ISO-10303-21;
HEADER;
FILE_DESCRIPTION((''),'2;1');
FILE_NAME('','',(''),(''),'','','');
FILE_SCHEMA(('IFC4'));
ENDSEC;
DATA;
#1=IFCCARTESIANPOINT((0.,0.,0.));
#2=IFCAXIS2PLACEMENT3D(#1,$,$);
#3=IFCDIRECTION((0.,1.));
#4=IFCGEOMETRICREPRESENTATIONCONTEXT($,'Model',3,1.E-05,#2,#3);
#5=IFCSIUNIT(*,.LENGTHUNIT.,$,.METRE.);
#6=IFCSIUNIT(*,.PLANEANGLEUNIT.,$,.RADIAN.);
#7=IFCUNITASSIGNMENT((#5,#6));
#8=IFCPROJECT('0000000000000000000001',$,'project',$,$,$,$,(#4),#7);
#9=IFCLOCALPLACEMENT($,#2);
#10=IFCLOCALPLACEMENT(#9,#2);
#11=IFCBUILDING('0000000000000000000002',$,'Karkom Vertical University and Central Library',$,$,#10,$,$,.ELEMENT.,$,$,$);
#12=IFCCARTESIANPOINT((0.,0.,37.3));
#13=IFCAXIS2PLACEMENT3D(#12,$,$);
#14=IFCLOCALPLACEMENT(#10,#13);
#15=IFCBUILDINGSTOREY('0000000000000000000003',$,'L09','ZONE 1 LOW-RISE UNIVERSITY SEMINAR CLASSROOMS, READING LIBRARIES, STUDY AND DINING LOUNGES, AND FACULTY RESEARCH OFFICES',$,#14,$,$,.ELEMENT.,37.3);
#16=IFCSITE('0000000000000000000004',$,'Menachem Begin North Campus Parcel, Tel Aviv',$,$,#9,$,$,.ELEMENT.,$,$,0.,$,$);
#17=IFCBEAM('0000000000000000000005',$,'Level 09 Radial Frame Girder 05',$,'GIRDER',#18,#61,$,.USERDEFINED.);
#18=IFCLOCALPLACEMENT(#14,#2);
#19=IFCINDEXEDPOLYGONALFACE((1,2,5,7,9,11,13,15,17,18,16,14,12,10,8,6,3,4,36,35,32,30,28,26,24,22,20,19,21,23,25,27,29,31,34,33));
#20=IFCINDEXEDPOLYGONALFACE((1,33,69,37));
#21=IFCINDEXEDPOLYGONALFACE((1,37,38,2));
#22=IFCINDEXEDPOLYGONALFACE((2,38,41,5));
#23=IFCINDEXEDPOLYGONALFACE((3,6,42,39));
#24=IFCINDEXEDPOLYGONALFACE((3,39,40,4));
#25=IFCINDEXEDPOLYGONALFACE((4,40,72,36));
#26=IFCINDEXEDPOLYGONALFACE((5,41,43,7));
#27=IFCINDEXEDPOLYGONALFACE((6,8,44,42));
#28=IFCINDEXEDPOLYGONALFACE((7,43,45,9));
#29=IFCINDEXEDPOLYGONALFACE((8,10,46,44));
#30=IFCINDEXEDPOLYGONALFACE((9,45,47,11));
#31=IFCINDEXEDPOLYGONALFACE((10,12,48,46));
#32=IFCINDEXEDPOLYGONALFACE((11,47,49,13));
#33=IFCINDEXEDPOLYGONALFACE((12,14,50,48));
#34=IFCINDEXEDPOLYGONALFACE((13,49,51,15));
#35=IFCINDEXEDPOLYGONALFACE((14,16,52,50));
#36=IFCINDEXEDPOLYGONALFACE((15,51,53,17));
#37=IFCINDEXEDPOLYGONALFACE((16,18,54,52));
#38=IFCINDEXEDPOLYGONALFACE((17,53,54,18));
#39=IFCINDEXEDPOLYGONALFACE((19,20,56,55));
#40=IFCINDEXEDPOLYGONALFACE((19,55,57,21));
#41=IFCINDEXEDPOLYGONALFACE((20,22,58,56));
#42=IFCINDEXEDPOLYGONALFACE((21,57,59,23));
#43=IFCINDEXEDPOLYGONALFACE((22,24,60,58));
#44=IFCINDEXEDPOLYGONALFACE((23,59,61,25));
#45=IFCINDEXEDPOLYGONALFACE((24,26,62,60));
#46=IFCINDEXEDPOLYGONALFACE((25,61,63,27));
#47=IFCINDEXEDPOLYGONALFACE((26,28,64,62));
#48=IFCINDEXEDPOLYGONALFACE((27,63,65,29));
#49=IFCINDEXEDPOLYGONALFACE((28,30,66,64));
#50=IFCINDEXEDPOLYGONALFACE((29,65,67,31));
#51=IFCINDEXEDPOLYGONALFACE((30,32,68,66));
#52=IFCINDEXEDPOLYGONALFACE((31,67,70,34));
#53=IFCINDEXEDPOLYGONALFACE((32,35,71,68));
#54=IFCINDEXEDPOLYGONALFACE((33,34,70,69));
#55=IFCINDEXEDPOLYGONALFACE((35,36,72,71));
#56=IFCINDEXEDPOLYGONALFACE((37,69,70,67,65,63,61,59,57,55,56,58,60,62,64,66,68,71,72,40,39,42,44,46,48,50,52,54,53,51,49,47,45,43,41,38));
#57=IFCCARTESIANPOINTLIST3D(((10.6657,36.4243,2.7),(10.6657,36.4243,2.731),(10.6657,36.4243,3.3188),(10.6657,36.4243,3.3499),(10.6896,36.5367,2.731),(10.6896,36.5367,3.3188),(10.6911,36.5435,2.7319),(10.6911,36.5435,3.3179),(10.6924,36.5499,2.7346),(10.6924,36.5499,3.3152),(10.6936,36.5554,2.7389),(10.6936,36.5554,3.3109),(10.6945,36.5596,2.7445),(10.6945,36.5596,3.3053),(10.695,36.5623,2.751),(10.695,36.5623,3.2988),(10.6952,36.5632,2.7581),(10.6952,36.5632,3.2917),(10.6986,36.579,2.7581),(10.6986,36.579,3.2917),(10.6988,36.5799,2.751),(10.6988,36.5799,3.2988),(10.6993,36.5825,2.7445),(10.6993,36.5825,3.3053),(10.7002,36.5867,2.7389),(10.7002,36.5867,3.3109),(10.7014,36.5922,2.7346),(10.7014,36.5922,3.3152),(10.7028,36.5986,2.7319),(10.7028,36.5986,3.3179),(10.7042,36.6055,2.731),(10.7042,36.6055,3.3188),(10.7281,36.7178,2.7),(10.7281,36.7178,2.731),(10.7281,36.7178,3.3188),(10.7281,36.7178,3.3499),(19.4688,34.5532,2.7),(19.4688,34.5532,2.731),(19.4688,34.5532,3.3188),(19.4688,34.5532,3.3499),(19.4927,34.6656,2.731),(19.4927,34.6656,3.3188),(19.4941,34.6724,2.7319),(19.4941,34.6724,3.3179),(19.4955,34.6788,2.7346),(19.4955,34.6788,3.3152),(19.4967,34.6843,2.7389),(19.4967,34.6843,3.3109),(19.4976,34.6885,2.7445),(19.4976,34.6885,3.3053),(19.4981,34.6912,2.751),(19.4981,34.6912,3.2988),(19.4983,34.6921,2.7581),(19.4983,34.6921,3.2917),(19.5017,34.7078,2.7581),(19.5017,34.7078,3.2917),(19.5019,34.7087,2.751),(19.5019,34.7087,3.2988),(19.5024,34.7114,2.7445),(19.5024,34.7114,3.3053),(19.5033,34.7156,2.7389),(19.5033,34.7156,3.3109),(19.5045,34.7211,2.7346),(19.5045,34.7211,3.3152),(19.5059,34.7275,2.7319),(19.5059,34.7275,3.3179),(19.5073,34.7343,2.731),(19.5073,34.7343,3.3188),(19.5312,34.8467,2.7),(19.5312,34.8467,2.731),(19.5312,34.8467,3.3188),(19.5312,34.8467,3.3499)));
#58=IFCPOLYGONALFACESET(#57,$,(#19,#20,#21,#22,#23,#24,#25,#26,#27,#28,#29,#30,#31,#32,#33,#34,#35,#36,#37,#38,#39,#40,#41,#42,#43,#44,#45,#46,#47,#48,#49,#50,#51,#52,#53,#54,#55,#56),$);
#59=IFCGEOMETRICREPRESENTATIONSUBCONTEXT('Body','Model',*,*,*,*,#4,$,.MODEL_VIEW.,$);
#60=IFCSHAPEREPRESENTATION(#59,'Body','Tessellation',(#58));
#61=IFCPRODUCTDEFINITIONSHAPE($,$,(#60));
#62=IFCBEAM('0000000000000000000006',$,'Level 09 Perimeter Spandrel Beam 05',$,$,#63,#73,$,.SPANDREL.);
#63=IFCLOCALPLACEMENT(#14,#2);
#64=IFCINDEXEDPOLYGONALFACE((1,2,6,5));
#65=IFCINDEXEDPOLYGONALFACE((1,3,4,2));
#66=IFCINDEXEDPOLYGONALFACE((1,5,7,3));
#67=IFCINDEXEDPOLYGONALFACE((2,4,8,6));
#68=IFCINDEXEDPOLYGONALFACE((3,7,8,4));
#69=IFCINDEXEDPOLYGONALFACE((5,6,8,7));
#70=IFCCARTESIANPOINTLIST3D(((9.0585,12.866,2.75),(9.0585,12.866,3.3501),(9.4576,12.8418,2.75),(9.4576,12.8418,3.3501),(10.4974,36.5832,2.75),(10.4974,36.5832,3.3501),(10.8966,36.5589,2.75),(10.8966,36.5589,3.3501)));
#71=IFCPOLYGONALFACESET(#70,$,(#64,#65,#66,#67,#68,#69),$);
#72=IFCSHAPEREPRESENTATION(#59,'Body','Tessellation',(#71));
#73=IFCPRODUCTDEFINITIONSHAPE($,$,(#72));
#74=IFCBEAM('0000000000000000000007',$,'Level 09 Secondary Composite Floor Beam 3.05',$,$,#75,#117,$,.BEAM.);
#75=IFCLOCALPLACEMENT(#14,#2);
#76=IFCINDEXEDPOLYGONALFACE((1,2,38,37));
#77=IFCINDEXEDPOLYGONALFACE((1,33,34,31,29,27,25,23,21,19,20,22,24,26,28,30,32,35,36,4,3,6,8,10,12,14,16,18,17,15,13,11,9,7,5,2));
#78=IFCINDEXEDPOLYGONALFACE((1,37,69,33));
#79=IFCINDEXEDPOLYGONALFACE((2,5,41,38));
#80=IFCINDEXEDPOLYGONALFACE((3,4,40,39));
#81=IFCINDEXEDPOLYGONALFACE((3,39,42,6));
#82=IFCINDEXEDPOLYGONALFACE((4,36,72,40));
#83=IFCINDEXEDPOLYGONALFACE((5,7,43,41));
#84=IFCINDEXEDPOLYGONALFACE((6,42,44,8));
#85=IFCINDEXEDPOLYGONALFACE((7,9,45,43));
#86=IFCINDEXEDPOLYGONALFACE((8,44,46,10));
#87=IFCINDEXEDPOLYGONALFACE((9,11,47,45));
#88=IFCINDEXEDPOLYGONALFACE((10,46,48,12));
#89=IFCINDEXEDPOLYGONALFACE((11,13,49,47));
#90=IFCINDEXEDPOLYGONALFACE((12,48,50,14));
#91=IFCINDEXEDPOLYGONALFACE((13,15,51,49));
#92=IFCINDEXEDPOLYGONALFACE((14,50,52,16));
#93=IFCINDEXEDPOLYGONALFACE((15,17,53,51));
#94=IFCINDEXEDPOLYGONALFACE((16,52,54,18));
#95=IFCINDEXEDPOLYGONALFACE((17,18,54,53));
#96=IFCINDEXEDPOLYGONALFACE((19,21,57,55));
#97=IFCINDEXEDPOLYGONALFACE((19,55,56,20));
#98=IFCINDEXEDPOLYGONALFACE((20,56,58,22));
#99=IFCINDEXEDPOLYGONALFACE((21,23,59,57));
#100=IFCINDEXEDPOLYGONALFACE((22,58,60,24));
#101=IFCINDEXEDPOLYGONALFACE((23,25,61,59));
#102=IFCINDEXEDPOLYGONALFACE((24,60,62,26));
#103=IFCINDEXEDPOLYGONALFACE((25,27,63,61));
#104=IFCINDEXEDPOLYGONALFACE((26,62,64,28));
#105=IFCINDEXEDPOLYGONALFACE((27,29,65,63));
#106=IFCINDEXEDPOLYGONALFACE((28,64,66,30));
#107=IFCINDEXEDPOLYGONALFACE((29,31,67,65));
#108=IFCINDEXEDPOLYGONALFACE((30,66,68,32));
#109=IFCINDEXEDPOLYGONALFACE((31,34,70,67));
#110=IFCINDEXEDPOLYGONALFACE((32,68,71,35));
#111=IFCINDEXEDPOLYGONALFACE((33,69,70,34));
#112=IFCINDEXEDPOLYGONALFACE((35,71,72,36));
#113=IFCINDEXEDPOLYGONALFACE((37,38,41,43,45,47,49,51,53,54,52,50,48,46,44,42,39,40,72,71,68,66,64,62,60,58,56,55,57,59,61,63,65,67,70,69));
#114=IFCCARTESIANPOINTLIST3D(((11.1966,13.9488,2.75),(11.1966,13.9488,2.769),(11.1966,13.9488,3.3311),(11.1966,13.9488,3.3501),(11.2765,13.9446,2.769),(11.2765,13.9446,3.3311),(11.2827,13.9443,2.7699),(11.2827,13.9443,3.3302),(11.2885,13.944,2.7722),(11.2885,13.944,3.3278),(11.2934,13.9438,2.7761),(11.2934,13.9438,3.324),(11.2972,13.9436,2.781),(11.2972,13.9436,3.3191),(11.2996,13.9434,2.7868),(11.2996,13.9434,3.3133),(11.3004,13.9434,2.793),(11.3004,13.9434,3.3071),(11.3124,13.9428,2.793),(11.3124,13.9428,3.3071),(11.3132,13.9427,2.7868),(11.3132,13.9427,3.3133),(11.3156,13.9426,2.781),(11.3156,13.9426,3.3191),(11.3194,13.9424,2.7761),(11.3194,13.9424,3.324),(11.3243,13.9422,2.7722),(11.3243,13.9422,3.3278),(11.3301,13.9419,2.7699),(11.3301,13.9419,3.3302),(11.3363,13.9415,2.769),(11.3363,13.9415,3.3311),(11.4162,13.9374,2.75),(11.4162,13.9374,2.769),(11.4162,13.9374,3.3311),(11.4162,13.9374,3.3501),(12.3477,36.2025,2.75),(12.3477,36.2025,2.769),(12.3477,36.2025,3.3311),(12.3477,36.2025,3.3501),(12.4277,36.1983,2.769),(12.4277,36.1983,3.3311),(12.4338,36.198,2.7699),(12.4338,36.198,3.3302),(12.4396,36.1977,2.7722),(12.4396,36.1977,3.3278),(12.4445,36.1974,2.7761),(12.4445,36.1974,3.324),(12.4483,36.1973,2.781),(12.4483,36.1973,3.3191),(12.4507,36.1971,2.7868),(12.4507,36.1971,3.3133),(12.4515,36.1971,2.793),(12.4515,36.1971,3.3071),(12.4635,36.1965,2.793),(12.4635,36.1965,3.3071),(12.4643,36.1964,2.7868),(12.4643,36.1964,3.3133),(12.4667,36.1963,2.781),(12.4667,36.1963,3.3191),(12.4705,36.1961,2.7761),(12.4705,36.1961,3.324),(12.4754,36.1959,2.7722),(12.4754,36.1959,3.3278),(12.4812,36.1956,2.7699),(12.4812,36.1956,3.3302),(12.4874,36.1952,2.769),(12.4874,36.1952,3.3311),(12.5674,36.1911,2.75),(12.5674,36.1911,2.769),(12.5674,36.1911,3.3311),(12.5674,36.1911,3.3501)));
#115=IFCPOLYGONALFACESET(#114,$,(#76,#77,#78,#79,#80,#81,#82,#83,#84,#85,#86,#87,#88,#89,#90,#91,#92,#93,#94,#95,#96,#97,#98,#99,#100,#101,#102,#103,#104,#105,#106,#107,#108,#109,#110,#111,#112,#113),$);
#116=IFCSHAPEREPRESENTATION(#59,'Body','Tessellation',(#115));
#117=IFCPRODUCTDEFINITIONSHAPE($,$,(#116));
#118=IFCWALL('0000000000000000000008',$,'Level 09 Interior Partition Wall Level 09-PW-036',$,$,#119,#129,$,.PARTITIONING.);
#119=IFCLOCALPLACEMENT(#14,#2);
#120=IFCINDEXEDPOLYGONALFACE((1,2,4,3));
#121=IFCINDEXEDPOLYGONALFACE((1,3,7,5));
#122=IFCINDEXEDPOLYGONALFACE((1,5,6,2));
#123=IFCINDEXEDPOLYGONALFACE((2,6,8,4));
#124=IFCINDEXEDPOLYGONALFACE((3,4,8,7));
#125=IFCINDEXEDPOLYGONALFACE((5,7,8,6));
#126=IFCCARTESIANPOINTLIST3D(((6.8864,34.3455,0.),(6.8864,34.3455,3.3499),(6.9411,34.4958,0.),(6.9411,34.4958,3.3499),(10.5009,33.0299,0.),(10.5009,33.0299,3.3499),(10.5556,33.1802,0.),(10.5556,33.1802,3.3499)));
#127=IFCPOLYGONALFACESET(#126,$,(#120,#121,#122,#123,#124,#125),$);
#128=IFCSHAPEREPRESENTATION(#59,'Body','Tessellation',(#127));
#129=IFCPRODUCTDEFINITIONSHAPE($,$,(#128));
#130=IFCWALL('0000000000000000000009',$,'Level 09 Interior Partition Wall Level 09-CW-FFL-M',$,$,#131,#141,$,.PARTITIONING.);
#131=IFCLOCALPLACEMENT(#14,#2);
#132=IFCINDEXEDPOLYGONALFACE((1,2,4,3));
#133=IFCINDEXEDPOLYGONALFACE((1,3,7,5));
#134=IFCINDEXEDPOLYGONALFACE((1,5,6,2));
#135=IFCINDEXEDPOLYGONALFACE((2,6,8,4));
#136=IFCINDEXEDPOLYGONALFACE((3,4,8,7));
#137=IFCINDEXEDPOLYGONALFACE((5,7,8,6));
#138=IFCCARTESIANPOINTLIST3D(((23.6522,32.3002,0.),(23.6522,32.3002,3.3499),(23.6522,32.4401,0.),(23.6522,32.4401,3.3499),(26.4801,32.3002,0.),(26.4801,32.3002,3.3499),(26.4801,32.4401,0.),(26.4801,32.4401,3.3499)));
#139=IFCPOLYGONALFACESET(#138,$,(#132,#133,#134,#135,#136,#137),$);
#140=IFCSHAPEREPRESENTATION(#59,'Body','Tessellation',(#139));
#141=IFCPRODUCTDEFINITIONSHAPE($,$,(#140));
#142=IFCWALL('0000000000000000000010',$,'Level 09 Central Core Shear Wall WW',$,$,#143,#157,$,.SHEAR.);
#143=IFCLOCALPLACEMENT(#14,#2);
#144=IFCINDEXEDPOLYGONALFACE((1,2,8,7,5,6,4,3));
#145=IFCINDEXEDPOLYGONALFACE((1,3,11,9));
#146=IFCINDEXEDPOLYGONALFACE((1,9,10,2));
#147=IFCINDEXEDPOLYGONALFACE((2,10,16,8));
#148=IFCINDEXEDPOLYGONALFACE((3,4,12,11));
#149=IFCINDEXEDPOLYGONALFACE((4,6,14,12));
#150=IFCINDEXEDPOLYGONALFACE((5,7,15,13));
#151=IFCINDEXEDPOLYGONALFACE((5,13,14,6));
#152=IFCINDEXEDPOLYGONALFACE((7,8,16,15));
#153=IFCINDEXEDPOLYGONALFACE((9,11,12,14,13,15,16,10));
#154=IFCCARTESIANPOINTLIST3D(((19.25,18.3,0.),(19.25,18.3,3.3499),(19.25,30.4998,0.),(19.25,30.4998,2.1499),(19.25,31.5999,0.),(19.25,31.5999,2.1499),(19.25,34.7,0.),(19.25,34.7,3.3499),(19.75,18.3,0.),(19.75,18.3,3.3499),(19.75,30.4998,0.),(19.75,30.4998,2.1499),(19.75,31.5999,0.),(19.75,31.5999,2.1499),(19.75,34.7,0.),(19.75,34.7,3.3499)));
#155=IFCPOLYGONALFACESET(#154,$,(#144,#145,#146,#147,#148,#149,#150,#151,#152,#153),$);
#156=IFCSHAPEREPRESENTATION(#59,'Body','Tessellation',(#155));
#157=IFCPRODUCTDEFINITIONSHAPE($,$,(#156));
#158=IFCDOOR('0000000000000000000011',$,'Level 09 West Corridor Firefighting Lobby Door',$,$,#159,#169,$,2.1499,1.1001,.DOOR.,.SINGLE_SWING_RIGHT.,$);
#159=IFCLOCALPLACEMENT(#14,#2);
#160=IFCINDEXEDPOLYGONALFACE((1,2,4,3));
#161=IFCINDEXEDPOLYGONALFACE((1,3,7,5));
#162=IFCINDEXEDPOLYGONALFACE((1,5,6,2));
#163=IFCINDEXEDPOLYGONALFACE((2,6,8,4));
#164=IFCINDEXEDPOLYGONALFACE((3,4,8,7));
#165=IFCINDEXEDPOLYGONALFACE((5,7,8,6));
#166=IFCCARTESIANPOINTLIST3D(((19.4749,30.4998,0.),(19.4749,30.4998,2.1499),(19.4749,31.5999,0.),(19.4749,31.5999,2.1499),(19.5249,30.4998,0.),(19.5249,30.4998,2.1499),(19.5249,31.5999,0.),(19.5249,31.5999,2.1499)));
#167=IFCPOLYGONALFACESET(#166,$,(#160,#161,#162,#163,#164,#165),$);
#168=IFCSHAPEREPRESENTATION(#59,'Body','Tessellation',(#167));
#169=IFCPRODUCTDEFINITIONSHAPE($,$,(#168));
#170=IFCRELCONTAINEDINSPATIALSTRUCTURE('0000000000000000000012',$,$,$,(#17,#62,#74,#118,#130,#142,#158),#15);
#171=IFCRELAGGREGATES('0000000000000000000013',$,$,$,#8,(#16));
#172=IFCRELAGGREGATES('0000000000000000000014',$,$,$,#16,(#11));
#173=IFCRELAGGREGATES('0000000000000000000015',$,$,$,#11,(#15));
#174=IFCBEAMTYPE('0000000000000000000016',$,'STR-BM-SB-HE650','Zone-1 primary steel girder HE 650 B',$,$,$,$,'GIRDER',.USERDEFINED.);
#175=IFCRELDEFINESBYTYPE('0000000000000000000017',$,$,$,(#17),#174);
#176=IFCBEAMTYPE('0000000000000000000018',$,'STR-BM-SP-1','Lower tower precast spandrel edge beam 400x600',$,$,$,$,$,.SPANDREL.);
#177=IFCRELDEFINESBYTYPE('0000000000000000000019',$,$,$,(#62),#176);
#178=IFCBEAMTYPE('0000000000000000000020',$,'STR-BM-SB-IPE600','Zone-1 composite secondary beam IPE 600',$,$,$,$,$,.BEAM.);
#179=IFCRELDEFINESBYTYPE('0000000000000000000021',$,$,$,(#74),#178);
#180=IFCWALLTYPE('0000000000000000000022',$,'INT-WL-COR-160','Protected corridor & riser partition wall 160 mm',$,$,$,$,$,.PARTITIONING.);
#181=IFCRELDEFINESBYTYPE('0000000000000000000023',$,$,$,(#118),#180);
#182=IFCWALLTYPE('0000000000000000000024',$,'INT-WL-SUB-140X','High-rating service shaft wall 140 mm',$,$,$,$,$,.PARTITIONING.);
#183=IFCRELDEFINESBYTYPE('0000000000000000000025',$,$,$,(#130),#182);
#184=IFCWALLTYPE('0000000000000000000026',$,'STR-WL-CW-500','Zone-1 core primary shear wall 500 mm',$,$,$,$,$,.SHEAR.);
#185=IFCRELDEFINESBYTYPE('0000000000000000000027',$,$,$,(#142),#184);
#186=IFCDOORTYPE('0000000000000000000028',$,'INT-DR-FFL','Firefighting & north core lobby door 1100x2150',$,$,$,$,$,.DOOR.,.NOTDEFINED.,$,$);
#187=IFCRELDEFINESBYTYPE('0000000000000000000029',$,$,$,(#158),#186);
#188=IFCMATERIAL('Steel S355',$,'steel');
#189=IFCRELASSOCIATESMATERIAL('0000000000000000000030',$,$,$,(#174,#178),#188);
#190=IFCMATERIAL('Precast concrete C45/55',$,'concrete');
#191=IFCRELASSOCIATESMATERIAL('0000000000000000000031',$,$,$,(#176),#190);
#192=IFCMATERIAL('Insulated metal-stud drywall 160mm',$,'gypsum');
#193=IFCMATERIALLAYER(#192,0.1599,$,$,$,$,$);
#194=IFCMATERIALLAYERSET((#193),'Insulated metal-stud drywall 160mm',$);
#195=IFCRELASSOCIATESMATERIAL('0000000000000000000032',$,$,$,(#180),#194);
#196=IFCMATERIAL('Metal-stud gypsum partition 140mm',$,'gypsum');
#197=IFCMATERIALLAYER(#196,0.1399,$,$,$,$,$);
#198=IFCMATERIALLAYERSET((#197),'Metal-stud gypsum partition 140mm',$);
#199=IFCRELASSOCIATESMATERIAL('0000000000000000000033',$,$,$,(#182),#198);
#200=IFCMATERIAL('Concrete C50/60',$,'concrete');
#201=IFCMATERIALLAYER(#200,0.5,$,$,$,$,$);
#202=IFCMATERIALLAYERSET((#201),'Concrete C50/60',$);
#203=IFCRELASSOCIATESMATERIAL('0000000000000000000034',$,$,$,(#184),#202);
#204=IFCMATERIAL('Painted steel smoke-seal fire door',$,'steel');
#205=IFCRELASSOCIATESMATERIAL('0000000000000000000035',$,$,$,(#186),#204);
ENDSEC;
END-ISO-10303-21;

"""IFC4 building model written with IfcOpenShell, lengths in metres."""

from ifc_helpers import new_model, si_unit, direction, frame, frame_2d, origin, origin_with_axes, origin_2d, place, context, subcontext, project, spatial, rectangle, i_section, extrude, source, transform, mapped, material, layer, layer_set, material_profile, profile_set, type_object, element, fill, save


model = new_model("IFC4")

# Units and contexts
model_context = context("Model", 3, precision=1e-05, world=origin(), true_north=direction((0.0, 1.0)))
body_context = subcontext(model_context, "Body", "Model", "MODEL_VIEW")
ifc_project = project(units=[si_unit("LENGTHUNIT", "METRE"), si_unit("PLANEANGLEUNIT", "RADIAN")], contexts=[model_context])

# Site, building, storey
site_placement = place(None, origin())
site = spatial("IfcSite", under=ifc_project, at=site_placement, Name="Menachem Begin North Campus Parcel, Tel Aviv", CompositionType="ELEMENT", RefElevation=0.0)
building_placement = place(site_placement, origin())
building = spatial("IfcBuilding", under=site, at=building_placement, Name="Karkom Vertical University and Central Library", CompositionType="ELEMENT")
storey_placement = place(building_placement, frame((0.0, 0.0, 37.3)))
storey = spatial("IfcBuildingStorey", under=building, at=storey_placement, Name="L09", Description="ZONE 1 LOW-RISE UNIVERSITY SEMINAR CLASSROOMS, READING LIBRARIES, STUDY AND DINING LOUNGES, AND FACULTY RESEARCH OFFICES", CompositionType="ELEMENT", Elevation=37.3)

# Shared definitions
ifc_material_1 = material(Name="Concrete C50/60", Category="concrete")

# Beams
ifc_material_2 = material(Name="Steel S355", Category="steel")
ifc_material_profile_1 = material_profile(ifc_material_2, i_section(OverallWidth=0.3, OverallDepth=0.6499, WebThickness=0.0161, FlangeThickness=0.031, FilletRadius=0.0271, at=origin_2d()), Name="HE 650 B")
ifc_profile_set_1 = profile_set([ifc_material_profile_1], Name="Steel S355")
beam_type_1 = type_object("IfcBeamType", Name="STR-BM-SB-HE650", Description="Zone-1 primary steel girder HE 650 B", ElementType="GIRDER", PredefinedType="USERDEFINED", material=ifc_profile_set_1)
shared_shape_1 = source(origin_with_axes(), body_context, "Body", "SweptSolid", [
    extrude(i_section(OverallWidth=0.3, OverallDepth=0.6499, WebThickness=0.0161, FlangeThickness=0.031, FilletRadius=0.0271, at=origin_2d()), origin(), (0.0, 0.0, 1.0), 8.9998),
])
beam_1_placement = place(storey_placement, frame((19.5, 34.7, 3.0249), z_axis=(-0.978148, 0.207908, 0.0), x_axis=(-0.207908, -0.978148, 0.0)))
element("IfcBeam", 1, at=beam_1_placement, inside=storey, type_object=beam_type_1, Name="Level 09 Radial Frame Girder 05", ObjectType="GIRDER", PredefinedType="USERDEFINED", context=body_context, shape_type="MappedRepresentation", body=[
    mapped(shared_shape_1, transform((0.0, 0.0, 0.0), scale=1.0)),
])
ifc_material_3 = material(Name="Precast concrete C45/55", Category="concrete")
ifc_material_profile_2 = material_profile(ifc_material_3, rectangle(XDim=0.3999, YDim=0.6001, at=origin_2d()), Name="SPB-400x600")
ifc_profile_set_2 = profile_set([ifc_material_profile_2], Name="Precast concrete C45/55")
beam_type_2 = type_object("IfcBeamType", Name="STR-BM-SP-1", Description="Lower tower precast spandrel edge beam 400x600", PredefinedType="SPANDREL", material=ifc_profile_set_2)
shared_shape_2 = source(origin_with_axes(), body_context, "Body", "SweptSolid", [
    extrude(rectangle(XDim=0.3999, YDim=0.6001, at=origin_2d()), origin(), (0.0, 0.0, 1.0), 23.7607),
])
beam_2_placement = place(storey_placement, frame((10.697, 36.571, 3.05), z_axis=(-0.060561, -0.998165, 0.0), x_axis=(0.998165, -0.060561, 0.0)))
element("IfcBeam", 2, at=beam_2_placement, inside=storey, type_object=beam_type_2, Name="Level 09 Perimeter Spandrel Beam 05", PredefinedType="SPANDREL", context=body_context, shape_type="MappedRepresentation", body=[
    mapped(shared_shape_2, transform((0.0, 0.0, 0.0), scale=1.0)),
])
ifc_material_profile_3 = material_profile(ifc_material_2, i_section(OverallWidth=0.22, OverallDepth=0.6001, WebThickness=0.012, FlangeThickness=0.019, FilletRadius=0.0239, at=origin_2d()), Name="IPE 600")
ifc_profile_set_3 = profile_set([ifc_material_profile_3], Name="Steel S355")
beam_type_3 = type_object("IfcBeamType", Name="STR-BM-SB-IPE600", Description="Zone-1 composite secondary beam IPE 600", PredefinedType="BEAM", material=ifc_profile_set_3)
shared_shape_3 = source(origin_with_axes(), body_context, "Body", "SweptSolid", [
    extrude(i_section(OverallWidth=0.22, OverallDepth=0.6001, WebThickness=0.012, FlangeThickness=0.019, FilletRadius=0.0239, at=origin_2d()), origin(), (0.0, 0.0, 1.0), 22.2834),
])
beam_3_placement = place(storey_placement, frame((12.4575, 36.1968, 3.05), z_axis=(-0.051658, -0.998665, 0.0), x_axis=(0.998665, -0.051658, 0.0)))
element("IfcBeam", 3, at=beam_3_placement, inside=storey, type_object=beam_type_3, Name="Level 09 Secondary Composite Floor Beam 3.05", PredefinedType="BEAM", context=body_context, shape_type="MappedRepresentation", body=[
    mapped(shared_shape_3, transform((0.0, 0.0, 0.0), scale=1.0)),
])

# Walls
ifc_material_4 = material(Name="Insulated metal-stud drywall 160mm", Category="gypsum")
ifc_layer_1 = layer(ifc_material_4, 0.1599)
ifc_layer_set_1 = layer_set([ifc_layer_1], Name="Insulated metal-stud drywall 160mm")
wall_type_1 = type_object("IfcWallType", Name="INT-WL-COR-160", Description="Protected corridor & riser partition wall 160 mm", PredefinedType="PARTITIONING", material=ifc_layer_set_1)
wall_1_placement = place(storey_placement, frame((10.5283, 33.105, 0.0), z_axis=(0.0, 0.0, 1.0), x_axis=(-0.939684, 0.342044, 0.0)))
element("IfcWall", 4, at=wall_1_placement, inside=storey, type_object=wall_type_1, Name="Level 09 Interior Partition Wall Level 09-PW-036", PredefinedType="PARTITIONING", context=body_context, shape_type="SweptSolid", body=[
    extrude(rectangle(XDim=3.8464, YDim=0.1599, at=frame_2d((1.9233, 0.0))), origin(), (0.0, 0.0, 1.0), 3.3499),
])
ifc_material_5 = material(Name="Metal-stud gypsum partition 140mm", Category="gypsum")
ifc_layer_2 = layer(ifc_material_5, 0.1399)
ifc_layer_set_2 = layer_set([ifc_layer_2], Name="Metal-stud gypsum partition 140mm")
wall_type_2 = type_object("IfcWallType", Name="INT-WL-SUB-140X", Description="High-rating service shaft wall 140 mm", PredefinedType="PARTITIONING", material=ifc_layer_set_2)
wall_2_placement = place(storey_placement, frame((23.6521, 32.3701, 0.0), z_axis=(0.0, 0.0, 1.0), x_axis=(1.0, 0.0, 0.0)))
element("IfcWall", 5, at=wall_2_placement, inside=storey, type_object=wall_type_2, Name="Level 09 Interior Partition Wall Level 09-CW-FFL-M", PredefinedType="PARTITIONING", context=body_context, shape_type="SweptSolid", body=[
    extrude(rectangle(XDim=2.8279, YDim=0.1399, at=frame_2d((1.4141, 0.0))), origin(), (0.0, 0.0, 1.0), 3.3499),
])

# Wall, opening, door
ifc_layer_3 = layer(ifc_material_1, 0.5)
ifc_layer_set_3 = layer_set([ifc_layer_3], Name="Concrete C50/60")
wall_type_3 = type_object("IfcWallType", Name="STR-WL-CW-500", Description="Zone-1 core primary shear wall 500 mm", PredefinedType="SHEAR", material=ifc_layer_set_3)
ifc_material_6 = material(Name="Painted steel smoke-seal fire door", Category="steel")
door_type = type_object("IfcDoorType", Name="INT-DR-FFL", Description="Firefighting & north core lobby door 1100x2150", OperationType="NOTDEFINED", PredefinedType="DOOR", material=ifc_material_6)
shared_shape_4 = source(origin_with_axes(), body_context, "Body", "SweptSolid", [
    extrude(rectangle(XDim=1.1001, YDim=2.1499, at=frame_2d((0.55, 1.075))), frame((0.0, 0.0249, 0.0), z_axis=(0.0, -1.0, 0.0), x_axis=(1.0, 0.0, 0.0)), (0.0, 0.0, 1.0), 0.05),
])
wall_3_placement = place(storey_placement, frame((19.5, 34.7, 0.0), z_axis=(0.0, 0.0, 1.0), x_axis=(0.0, -1.0, 0.0)))
wall_3 = element("IfcWall", 6, at=wall_3_placement, inside=storey, type_object=wall_type_3, Name="Level 09 Central Core Shear Wall WW", PredefinedType="SHEAR", context=body_context, shape_type="SweptSolid", body=[
    extrude(rectangle(XDim=16.3999, YDim=0.5, at=frame_2d((8.2, 0.0))), origin(), (0.0, 0.0, 1.0), 3.3499),
])
opening_1_placement = place(wall_3_placement, frame((3.1001, 0.0, 0.0)))
opening_1 = element("IfcOpeningElement", 7, at=opening_1_placement, cuts=wall_3, PredefinedType="OPENING", context=body_context, shape_type="SweptSolid", body=[
    extrude(rectangle(XDim=1.1001, YDim=2.1499, at=frame_2d((0.55, 1.075))), frame((0.0, 0.26, 0.0), z_axis=(0.0, -1.0, 0.0), x_axis=(1.0, 0.0, 0.0)), (0.0, 0.0, 1.0), 0.52),
])
door_1_placement = place(opening_1_placement, origin())
door_1 = element("IfcDoor", 8, at=door_1_placement, inside=storey, type_object=door_type, Name="Level 09 West Corridor Firefighting Lobby Door", OperationType="SINGLE_SWING_RIGHT", OverallHeight=2.1499, OverallWidth=1.1001, PredefinedType="DOOR", context=body_context, shape_type="MappedRepresentation", body=[
    mapped(shared_shape_4, transform((0.0, 0.0, 0.0), scale=1.0)),
])
fill(opening_1, door_1)

save(model, "model.ifc")
